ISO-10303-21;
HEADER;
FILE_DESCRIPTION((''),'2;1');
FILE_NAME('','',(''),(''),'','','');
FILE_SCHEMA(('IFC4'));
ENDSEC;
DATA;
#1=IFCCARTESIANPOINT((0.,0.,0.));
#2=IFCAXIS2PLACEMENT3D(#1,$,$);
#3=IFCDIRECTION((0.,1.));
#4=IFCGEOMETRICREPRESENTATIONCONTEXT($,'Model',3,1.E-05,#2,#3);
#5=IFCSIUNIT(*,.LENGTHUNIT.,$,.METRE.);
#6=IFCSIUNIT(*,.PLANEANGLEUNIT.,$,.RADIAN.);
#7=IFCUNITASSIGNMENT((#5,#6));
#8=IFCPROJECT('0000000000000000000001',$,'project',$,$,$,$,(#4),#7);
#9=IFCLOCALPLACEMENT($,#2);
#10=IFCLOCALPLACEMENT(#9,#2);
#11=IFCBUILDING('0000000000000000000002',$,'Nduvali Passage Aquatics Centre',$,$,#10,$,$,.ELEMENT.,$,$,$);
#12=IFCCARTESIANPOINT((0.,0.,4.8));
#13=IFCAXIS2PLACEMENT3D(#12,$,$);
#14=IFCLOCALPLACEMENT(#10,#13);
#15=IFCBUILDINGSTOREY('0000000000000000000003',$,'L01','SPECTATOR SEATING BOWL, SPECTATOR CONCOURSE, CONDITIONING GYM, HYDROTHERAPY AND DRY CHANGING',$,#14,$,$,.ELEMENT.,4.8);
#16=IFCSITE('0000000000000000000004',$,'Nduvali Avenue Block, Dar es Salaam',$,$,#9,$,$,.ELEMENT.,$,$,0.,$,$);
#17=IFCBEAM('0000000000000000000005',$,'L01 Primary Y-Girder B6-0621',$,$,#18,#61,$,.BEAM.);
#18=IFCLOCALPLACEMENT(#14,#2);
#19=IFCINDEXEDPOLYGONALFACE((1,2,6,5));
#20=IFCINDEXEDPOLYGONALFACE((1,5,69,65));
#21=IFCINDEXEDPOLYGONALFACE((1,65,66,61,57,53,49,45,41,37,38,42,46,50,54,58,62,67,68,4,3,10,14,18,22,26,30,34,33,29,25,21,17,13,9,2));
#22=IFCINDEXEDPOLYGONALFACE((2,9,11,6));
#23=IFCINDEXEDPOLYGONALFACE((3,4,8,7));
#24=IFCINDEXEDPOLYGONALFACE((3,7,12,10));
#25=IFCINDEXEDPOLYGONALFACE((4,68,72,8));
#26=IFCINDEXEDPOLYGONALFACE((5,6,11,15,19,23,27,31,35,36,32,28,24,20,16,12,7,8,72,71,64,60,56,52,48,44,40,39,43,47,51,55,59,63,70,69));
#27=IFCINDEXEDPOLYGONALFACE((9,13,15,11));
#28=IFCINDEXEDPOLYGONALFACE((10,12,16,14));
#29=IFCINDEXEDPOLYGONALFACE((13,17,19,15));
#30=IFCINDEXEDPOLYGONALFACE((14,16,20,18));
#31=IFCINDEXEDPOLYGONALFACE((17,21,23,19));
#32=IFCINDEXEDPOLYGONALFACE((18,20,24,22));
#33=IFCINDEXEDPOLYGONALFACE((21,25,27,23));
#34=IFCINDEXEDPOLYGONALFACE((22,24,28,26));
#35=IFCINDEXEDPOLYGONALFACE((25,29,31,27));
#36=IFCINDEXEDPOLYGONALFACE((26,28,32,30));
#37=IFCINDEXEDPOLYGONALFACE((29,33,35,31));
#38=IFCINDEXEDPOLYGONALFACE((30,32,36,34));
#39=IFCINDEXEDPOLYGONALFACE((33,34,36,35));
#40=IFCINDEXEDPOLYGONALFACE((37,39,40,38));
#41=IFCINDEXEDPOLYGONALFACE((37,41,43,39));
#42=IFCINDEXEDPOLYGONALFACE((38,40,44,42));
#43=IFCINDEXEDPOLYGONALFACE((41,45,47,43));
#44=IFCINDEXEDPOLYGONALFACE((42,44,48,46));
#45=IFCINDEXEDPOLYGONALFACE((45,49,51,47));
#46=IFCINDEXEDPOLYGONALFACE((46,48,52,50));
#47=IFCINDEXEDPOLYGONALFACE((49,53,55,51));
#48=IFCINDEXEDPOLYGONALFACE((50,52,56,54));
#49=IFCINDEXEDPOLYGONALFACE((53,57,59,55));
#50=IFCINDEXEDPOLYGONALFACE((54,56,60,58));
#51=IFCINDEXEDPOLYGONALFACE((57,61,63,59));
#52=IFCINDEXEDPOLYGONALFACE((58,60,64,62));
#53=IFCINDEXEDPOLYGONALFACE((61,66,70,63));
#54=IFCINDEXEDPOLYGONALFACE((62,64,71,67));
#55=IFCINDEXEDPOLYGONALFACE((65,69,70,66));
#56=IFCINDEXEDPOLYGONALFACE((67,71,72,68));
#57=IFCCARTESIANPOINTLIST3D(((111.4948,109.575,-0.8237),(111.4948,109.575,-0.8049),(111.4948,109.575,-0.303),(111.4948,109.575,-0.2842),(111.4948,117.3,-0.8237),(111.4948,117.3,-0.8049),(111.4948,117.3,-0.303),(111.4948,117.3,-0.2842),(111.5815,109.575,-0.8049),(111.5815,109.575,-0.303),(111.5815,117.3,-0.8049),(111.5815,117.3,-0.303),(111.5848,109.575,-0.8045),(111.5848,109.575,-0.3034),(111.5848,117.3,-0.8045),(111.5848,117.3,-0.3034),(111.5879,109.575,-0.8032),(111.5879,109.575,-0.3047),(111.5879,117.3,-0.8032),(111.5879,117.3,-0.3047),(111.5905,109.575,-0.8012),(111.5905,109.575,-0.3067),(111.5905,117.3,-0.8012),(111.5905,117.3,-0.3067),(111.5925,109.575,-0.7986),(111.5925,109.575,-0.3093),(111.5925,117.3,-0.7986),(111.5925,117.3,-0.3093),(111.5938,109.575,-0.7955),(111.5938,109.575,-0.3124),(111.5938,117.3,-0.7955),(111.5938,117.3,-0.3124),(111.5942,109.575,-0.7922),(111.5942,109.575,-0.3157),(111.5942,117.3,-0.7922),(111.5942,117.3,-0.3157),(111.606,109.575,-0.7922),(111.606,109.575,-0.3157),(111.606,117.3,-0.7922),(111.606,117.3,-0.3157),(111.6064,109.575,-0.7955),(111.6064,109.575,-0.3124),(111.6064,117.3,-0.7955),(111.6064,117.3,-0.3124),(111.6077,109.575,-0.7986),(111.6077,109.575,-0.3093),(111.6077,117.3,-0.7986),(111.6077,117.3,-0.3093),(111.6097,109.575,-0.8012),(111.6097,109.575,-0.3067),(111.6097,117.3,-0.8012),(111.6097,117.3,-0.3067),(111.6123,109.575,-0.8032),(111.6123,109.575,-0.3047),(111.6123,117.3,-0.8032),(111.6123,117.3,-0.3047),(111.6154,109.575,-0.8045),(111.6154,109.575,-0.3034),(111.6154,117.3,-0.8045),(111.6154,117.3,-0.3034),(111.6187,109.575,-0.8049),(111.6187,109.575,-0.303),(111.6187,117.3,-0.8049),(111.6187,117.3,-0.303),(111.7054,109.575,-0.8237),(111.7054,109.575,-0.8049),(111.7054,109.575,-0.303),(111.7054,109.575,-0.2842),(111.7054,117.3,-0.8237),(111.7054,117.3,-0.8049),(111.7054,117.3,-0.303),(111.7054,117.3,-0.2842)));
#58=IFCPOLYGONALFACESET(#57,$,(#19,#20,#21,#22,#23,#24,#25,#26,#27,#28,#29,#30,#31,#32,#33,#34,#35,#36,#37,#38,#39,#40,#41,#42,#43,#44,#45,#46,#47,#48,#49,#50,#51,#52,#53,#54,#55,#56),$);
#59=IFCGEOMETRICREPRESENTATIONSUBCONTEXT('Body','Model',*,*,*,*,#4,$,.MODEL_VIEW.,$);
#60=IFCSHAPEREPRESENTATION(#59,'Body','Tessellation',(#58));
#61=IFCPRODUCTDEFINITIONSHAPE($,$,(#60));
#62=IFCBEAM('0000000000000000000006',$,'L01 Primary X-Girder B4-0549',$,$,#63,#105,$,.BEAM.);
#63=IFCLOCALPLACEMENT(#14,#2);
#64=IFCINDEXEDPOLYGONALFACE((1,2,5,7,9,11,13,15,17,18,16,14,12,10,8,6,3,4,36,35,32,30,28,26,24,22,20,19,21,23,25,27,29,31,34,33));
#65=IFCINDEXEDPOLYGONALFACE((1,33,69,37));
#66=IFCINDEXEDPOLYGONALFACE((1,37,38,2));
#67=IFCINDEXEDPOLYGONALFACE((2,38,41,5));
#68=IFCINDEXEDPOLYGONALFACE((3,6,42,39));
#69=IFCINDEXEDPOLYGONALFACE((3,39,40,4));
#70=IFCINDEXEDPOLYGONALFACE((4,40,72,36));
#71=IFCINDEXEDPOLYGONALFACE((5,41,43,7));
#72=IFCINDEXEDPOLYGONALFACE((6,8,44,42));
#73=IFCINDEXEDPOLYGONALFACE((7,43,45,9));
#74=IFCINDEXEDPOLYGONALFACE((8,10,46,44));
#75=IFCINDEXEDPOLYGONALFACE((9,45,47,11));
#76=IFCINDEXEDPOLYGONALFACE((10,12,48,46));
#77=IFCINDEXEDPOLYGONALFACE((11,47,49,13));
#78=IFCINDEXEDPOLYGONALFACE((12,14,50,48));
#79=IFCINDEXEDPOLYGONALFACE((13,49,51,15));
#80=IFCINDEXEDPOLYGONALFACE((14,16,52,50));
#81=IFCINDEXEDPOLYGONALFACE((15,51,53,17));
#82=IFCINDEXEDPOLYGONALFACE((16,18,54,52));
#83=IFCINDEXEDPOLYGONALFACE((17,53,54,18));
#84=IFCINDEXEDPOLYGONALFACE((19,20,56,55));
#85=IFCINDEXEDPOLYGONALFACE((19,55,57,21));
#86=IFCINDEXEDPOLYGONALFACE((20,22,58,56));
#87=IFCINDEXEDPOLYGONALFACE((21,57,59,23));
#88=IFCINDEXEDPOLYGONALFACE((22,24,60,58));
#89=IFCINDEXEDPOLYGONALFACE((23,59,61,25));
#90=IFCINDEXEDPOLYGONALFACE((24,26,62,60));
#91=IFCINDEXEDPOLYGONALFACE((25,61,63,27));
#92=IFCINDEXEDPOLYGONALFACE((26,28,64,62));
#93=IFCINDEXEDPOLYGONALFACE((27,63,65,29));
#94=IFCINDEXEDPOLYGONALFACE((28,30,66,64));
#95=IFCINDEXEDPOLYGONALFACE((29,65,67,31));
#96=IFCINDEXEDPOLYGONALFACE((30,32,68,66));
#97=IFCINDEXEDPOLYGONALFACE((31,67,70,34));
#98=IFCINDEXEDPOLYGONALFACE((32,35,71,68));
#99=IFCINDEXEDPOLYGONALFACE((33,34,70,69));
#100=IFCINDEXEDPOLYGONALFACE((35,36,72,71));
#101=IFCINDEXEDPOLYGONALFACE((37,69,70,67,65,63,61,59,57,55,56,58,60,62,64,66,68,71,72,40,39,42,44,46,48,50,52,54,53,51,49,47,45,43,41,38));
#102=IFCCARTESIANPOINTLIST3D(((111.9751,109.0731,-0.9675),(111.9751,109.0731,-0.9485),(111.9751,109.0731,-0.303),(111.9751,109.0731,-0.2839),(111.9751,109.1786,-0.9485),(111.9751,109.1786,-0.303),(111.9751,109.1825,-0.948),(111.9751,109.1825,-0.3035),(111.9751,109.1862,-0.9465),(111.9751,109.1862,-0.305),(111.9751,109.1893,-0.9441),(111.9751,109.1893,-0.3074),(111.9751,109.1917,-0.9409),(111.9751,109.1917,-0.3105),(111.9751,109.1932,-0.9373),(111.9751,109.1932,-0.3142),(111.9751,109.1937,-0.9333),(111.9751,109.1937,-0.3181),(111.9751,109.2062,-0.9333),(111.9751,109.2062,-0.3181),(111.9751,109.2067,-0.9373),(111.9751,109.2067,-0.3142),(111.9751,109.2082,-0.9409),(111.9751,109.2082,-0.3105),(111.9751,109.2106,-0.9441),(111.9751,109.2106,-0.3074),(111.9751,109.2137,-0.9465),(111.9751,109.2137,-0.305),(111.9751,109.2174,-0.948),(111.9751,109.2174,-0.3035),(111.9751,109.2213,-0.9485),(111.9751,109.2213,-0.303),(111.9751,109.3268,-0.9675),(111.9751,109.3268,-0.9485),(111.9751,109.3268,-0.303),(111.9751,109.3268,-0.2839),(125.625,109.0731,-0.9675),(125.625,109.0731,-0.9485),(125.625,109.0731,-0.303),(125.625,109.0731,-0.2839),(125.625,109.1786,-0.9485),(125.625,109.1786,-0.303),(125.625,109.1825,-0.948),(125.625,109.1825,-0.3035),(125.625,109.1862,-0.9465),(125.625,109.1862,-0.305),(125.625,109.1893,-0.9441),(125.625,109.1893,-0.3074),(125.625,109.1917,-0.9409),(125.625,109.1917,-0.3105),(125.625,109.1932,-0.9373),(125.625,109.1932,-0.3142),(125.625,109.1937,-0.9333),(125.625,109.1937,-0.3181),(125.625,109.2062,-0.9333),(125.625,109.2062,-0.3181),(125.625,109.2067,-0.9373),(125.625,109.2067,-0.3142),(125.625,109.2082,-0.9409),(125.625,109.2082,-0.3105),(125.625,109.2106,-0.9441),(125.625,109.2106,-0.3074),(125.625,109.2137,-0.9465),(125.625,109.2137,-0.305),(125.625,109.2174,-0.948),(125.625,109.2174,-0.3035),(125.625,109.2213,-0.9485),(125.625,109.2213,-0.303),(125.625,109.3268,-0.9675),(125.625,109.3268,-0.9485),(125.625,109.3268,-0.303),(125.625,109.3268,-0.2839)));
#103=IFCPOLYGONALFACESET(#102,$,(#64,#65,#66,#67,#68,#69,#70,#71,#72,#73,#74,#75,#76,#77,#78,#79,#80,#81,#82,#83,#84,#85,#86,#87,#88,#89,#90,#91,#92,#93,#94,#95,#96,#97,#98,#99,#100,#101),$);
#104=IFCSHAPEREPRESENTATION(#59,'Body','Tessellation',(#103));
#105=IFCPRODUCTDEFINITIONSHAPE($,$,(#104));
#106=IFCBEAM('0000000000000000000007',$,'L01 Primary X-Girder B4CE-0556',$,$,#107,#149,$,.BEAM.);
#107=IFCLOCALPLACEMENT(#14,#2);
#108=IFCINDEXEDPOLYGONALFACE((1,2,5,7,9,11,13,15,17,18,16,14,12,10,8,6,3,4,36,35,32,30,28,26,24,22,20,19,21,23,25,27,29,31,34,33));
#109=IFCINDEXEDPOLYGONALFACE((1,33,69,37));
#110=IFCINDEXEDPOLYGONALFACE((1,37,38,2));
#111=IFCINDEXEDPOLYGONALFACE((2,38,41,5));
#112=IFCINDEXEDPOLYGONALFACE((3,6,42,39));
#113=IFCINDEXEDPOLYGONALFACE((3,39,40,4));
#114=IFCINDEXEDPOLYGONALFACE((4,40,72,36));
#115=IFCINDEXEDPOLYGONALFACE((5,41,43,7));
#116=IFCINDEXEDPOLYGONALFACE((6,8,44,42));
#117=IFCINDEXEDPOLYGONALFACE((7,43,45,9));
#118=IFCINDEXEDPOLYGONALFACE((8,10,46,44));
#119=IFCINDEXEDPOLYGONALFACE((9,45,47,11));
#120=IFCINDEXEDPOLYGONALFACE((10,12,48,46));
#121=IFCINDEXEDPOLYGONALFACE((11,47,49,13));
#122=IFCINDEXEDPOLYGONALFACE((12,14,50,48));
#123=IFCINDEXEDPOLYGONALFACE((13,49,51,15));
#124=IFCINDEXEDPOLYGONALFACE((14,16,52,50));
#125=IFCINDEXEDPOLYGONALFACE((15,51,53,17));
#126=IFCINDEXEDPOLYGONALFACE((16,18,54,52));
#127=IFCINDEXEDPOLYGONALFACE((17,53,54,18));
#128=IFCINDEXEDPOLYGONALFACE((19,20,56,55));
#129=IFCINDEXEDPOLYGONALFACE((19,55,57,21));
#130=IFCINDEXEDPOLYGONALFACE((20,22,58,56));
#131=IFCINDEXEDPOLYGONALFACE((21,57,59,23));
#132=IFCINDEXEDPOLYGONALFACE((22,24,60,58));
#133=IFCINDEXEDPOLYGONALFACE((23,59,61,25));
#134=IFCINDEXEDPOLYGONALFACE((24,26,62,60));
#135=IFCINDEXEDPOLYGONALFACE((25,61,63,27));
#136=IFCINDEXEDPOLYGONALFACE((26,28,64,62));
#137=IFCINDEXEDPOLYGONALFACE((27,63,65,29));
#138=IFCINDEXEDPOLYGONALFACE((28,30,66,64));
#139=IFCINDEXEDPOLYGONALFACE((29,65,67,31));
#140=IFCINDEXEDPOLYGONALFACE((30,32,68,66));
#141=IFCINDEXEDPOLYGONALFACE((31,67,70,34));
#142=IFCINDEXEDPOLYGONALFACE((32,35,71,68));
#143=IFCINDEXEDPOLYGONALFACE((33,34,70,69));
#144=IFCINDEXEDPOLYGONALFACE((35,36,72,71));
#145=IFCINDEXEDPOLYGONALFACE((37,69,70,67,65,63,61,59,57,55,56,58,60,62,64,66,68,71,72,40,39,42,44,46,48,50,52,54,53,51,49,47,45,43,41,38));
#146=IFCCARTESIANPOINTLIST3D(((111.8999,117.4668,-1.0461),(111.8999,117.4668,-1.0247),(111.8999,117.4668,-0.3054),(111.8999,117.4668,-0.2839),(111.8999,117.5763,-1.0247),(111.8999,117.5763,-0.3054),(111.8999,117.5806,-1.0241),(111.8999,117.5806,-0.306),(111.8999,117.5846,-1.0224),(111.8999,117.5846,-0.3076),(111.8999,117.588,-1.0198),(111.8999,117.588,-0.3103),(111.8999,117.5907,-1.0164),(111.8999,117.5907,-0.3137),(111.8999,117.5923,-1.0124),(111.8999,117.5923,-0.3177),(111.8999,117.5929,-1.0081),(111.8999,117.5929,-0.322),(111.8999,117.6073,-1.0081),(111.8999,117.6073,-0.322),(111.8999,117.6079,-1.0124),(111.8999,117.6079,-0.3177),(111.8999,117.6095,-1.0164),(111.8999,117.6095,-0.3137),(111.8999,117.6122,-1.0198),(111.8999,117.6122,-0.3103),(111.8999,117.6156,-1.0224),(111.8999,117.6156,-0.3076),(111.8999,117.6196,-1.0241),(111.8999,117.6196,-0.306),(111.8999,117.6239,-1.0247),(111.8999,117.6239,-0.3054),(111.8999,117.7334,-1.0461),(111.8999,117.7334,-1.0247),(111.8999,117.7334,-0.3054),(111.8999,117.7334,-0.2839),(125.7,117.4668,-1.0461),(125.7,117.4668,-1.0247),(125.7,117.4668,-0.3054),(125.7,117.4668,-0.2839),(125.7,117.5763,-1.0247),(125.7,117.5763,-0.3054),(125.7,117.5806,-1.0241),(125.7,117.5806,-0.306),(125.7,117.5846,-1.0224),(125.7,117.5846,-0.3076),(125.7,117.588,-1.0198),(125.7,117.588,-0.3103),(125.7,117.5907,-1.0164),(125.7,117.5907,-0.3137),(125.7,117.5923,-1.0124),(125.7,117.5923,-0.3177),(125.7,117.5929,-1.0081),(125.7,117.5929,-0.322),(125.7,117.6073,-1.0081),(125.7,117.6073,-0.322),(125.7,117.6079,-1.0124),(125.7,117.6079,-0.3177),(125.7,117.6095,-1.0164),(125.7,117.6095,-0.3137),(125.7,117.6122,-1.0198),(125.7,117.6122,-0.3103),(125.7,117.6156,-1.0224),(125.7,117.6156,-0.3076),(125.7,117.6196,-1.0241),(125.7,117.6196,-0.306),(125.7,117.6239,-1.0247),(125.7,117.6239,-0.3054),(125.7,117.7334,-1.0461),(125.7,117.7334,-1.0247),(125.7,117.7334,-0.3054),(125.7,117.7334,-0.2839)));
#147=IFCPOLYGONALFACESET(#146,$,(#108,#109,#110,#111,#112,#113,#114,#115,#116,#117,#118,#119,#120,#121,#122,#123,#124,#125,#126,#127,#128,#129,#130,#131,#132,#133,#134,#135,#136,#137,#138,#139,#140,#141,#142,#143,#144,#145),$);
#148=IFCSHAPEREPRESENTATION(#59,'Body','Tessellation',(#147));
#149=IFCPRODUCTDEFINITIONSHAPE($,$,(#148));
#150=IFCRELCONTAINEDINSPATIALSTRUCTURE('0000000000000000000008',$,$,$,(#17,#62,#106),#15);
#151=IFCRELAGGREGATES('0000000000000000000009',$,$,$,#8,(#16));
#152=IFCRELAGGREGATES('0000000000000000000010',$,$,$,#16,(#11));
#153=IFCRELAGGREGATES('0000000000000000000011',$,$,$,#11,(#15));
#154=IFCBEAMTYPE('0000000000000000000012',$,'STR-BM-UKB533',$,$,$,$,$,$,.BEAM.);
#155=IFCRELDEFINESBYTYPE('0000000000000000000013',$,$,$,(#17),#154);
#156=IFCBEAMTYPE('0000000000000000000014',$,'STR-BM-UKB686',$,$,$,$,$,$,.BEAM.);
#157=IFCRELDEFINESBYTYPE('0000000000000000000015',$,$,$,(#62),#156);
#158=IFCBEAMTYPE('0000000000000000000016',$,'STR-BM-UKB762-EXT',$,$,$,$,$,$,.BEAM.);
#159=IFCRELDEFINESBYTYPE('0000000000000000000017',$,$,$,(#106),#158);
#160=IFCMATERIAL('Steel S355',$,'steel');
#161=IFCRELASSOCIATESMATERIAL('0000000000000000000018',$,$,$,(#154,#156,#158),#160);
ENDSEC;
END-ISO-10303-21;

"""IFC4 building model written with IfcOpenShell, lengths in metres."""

from ifc_helpers import new_model, si_unit, direction, frame, origin, origin_2d, place, context, subcontext, project, spatial, i_section, extrude, material, material_profile, profile_set, type_object, element, save


model = new_model("IFC4")

# Units and contexts
model_context = context("Model", 3, precision=1e-05, world=origin(), true_north=direction((0.0, 1.0)))
body_context = subcontext(model_context, "Body", "Model", "MODEL_VIEW")
ifc_project = project(units=[si_unit("LENGTHUNIT", "METRE"), si_unit("PLANEANGLEUNIT", "RADIAN")], contexts=[model_context])

# Site, building, storey
site_placement = place(None, origin())
site = spatial("IfcSite", under=ifc_project, at=site_placement, Name="Nduvali Avenue Block, Dar es Salaam", CompositionType="ELEMENT", RefElevation=0.0)
building_placement = place(site_placement, origin())
building = spatial("IfcBuilding", under=site, at=building_placement, Name="Nduvali Passage Aquatics Centre", CompositionType="ELEMENT")
storey_placement = place(building_placement, frame((0.0, 0.0, 4.8)))
storey = spatial("IfcBuildingStorey", under=building, at=storey_placement, Name="L01", Description="SPECTATOR SEATING BOWL, SPECTATOR CONCOURSE, CONDITIONING GYM, HYDROTHERAPY AND DRY CHANGING", CompositionType="ELEMENT", Elevation=4.8)

# Shared definitions
ifc_material_1 = material(Name="Steel S355", Category="steel")

# Beams
ifc_material_profile_1 = material_profile(ifc_material_1, i_section(OverallWidth=0.2107, OverallDepth=0.5396, WebThickness=0.0117, FlangeThickness=0.0188, FilletRadius=0.0127, at=origin_2d()), Name="UKB 533x210x109")
ifc_profile_set_1 = profile_set([ifc_material_profile_1], Name="Steel S355")
beam_type_1 = type_object("IfcBeamType", Name="STR-BM-UKB533", PredefinedType="BEAM", material=ifc_profile_set_1)
beam_1_placement = place(storey_placement, frame((111.6001, 109.575, -0.554), z_axis=(0.0, 1.0, 0.0), x_axis=(-1.0, 0.0, 0.0)))
element("IfcBeam", 1, at=beam_1_placement, inside=storey, type_object=beam_type_1, Name="L01 Primary Y-Girder B6-0621", PredefinedType="BEAM", context=body_context, shape_type="SweptSolid", body=[
    extrude(i_section(OverallWidth=0.2107, OverallDepth=0.5396, WebThickness=0.0117, FlangeThickness=0.0188, FilletRadius=0.0127, at=origin_2d()), origin(), (0.0, 0.0, 1.0), 7.7251),
])
ifc_material_profile_2 = material_profile(ifc_material_1, i_section(OverallWidth=0.2537, OverallDepth=0.6836, WebThickness=0.0125, FlangeThickness=0.019, FilletRadius=0.0151, at=origin_2d()), Name="UKB 686x254x140")
ifc_profile_set_2 = profile_set([ifc_material_profile_2], Name="Steel S355")
beam_type_2 = type_object("IfcBeamType", Name="STR-BM-UKB686", PredefinedType="BEAM", material=ifc_profile_set_2)
beam_2_placement = place(storey_placement, frame((111.9751, 109.2, -0.6257), z_axis=(1.0, 0.0, 0.0), x_axis=(0.0, 1.0, 0.0)))
element("IfcBeam", 2, at=beam_2_placement, inside=storey, type_object=beam_type_2, Name="L01 Primary X-Girder B4-0549", PredefinedType="BEAM", context=body_context, shape_type="SweptSolid", body=[
    extrude(i_section(OverallWidth=0.2537, OverallDepth=0.6836, WebThickness=0.0125, FlangeThickness=0.019, FilletRadius=0.0151, at=origin_2d()), origin(), (0.0, 0.0, 1.0), 13.6499),
])
ifc_material_profile_3 = material_profile(ifc_material_1, i_section(OverallWidth=0.2666, OverallDepth=0.7622, WebThickness=0.0144, FlangeThickness=0.0215, FilletRadius=0.0166, at=origin_2d()), Name="UKB 762x267x173")
ifc_profile_set_3 = profile_set([ifc_material_profile_3], Name="Steel S355")
beam_type_3 = type_object("IfcBeamType", Name="STR-BM-UKB762-EXT", PredefinedType="BEAM", material=ifc_profile_set_3)
beam_3_placement = place(storey_placement, frame((111.8999, 117.6001, -0.665), z_axis=(1.0, 0.0, 0.0), x_axis=(0.0, 1.0, 0.0)))
element("IfcBeam", 3, at=beam_3_placement, inside=storey, type_object=beam_type_3, Name="L01 Primary X-Girder B4CE-0556", PredefinedType="BEAM", context=body_context, shape_type="SweptSolid", body=[
    extrude(i_section(OverallWidth=0.2666, OverallDepth=0.7622, WebThickness=0.0144, FlangeThickness=0.0215, FilletRadius=0.0166, at=origin_2d()), origin(), (0.0, 0.0, 1.0), 13.8),
])

save(model, "model.ifc")
